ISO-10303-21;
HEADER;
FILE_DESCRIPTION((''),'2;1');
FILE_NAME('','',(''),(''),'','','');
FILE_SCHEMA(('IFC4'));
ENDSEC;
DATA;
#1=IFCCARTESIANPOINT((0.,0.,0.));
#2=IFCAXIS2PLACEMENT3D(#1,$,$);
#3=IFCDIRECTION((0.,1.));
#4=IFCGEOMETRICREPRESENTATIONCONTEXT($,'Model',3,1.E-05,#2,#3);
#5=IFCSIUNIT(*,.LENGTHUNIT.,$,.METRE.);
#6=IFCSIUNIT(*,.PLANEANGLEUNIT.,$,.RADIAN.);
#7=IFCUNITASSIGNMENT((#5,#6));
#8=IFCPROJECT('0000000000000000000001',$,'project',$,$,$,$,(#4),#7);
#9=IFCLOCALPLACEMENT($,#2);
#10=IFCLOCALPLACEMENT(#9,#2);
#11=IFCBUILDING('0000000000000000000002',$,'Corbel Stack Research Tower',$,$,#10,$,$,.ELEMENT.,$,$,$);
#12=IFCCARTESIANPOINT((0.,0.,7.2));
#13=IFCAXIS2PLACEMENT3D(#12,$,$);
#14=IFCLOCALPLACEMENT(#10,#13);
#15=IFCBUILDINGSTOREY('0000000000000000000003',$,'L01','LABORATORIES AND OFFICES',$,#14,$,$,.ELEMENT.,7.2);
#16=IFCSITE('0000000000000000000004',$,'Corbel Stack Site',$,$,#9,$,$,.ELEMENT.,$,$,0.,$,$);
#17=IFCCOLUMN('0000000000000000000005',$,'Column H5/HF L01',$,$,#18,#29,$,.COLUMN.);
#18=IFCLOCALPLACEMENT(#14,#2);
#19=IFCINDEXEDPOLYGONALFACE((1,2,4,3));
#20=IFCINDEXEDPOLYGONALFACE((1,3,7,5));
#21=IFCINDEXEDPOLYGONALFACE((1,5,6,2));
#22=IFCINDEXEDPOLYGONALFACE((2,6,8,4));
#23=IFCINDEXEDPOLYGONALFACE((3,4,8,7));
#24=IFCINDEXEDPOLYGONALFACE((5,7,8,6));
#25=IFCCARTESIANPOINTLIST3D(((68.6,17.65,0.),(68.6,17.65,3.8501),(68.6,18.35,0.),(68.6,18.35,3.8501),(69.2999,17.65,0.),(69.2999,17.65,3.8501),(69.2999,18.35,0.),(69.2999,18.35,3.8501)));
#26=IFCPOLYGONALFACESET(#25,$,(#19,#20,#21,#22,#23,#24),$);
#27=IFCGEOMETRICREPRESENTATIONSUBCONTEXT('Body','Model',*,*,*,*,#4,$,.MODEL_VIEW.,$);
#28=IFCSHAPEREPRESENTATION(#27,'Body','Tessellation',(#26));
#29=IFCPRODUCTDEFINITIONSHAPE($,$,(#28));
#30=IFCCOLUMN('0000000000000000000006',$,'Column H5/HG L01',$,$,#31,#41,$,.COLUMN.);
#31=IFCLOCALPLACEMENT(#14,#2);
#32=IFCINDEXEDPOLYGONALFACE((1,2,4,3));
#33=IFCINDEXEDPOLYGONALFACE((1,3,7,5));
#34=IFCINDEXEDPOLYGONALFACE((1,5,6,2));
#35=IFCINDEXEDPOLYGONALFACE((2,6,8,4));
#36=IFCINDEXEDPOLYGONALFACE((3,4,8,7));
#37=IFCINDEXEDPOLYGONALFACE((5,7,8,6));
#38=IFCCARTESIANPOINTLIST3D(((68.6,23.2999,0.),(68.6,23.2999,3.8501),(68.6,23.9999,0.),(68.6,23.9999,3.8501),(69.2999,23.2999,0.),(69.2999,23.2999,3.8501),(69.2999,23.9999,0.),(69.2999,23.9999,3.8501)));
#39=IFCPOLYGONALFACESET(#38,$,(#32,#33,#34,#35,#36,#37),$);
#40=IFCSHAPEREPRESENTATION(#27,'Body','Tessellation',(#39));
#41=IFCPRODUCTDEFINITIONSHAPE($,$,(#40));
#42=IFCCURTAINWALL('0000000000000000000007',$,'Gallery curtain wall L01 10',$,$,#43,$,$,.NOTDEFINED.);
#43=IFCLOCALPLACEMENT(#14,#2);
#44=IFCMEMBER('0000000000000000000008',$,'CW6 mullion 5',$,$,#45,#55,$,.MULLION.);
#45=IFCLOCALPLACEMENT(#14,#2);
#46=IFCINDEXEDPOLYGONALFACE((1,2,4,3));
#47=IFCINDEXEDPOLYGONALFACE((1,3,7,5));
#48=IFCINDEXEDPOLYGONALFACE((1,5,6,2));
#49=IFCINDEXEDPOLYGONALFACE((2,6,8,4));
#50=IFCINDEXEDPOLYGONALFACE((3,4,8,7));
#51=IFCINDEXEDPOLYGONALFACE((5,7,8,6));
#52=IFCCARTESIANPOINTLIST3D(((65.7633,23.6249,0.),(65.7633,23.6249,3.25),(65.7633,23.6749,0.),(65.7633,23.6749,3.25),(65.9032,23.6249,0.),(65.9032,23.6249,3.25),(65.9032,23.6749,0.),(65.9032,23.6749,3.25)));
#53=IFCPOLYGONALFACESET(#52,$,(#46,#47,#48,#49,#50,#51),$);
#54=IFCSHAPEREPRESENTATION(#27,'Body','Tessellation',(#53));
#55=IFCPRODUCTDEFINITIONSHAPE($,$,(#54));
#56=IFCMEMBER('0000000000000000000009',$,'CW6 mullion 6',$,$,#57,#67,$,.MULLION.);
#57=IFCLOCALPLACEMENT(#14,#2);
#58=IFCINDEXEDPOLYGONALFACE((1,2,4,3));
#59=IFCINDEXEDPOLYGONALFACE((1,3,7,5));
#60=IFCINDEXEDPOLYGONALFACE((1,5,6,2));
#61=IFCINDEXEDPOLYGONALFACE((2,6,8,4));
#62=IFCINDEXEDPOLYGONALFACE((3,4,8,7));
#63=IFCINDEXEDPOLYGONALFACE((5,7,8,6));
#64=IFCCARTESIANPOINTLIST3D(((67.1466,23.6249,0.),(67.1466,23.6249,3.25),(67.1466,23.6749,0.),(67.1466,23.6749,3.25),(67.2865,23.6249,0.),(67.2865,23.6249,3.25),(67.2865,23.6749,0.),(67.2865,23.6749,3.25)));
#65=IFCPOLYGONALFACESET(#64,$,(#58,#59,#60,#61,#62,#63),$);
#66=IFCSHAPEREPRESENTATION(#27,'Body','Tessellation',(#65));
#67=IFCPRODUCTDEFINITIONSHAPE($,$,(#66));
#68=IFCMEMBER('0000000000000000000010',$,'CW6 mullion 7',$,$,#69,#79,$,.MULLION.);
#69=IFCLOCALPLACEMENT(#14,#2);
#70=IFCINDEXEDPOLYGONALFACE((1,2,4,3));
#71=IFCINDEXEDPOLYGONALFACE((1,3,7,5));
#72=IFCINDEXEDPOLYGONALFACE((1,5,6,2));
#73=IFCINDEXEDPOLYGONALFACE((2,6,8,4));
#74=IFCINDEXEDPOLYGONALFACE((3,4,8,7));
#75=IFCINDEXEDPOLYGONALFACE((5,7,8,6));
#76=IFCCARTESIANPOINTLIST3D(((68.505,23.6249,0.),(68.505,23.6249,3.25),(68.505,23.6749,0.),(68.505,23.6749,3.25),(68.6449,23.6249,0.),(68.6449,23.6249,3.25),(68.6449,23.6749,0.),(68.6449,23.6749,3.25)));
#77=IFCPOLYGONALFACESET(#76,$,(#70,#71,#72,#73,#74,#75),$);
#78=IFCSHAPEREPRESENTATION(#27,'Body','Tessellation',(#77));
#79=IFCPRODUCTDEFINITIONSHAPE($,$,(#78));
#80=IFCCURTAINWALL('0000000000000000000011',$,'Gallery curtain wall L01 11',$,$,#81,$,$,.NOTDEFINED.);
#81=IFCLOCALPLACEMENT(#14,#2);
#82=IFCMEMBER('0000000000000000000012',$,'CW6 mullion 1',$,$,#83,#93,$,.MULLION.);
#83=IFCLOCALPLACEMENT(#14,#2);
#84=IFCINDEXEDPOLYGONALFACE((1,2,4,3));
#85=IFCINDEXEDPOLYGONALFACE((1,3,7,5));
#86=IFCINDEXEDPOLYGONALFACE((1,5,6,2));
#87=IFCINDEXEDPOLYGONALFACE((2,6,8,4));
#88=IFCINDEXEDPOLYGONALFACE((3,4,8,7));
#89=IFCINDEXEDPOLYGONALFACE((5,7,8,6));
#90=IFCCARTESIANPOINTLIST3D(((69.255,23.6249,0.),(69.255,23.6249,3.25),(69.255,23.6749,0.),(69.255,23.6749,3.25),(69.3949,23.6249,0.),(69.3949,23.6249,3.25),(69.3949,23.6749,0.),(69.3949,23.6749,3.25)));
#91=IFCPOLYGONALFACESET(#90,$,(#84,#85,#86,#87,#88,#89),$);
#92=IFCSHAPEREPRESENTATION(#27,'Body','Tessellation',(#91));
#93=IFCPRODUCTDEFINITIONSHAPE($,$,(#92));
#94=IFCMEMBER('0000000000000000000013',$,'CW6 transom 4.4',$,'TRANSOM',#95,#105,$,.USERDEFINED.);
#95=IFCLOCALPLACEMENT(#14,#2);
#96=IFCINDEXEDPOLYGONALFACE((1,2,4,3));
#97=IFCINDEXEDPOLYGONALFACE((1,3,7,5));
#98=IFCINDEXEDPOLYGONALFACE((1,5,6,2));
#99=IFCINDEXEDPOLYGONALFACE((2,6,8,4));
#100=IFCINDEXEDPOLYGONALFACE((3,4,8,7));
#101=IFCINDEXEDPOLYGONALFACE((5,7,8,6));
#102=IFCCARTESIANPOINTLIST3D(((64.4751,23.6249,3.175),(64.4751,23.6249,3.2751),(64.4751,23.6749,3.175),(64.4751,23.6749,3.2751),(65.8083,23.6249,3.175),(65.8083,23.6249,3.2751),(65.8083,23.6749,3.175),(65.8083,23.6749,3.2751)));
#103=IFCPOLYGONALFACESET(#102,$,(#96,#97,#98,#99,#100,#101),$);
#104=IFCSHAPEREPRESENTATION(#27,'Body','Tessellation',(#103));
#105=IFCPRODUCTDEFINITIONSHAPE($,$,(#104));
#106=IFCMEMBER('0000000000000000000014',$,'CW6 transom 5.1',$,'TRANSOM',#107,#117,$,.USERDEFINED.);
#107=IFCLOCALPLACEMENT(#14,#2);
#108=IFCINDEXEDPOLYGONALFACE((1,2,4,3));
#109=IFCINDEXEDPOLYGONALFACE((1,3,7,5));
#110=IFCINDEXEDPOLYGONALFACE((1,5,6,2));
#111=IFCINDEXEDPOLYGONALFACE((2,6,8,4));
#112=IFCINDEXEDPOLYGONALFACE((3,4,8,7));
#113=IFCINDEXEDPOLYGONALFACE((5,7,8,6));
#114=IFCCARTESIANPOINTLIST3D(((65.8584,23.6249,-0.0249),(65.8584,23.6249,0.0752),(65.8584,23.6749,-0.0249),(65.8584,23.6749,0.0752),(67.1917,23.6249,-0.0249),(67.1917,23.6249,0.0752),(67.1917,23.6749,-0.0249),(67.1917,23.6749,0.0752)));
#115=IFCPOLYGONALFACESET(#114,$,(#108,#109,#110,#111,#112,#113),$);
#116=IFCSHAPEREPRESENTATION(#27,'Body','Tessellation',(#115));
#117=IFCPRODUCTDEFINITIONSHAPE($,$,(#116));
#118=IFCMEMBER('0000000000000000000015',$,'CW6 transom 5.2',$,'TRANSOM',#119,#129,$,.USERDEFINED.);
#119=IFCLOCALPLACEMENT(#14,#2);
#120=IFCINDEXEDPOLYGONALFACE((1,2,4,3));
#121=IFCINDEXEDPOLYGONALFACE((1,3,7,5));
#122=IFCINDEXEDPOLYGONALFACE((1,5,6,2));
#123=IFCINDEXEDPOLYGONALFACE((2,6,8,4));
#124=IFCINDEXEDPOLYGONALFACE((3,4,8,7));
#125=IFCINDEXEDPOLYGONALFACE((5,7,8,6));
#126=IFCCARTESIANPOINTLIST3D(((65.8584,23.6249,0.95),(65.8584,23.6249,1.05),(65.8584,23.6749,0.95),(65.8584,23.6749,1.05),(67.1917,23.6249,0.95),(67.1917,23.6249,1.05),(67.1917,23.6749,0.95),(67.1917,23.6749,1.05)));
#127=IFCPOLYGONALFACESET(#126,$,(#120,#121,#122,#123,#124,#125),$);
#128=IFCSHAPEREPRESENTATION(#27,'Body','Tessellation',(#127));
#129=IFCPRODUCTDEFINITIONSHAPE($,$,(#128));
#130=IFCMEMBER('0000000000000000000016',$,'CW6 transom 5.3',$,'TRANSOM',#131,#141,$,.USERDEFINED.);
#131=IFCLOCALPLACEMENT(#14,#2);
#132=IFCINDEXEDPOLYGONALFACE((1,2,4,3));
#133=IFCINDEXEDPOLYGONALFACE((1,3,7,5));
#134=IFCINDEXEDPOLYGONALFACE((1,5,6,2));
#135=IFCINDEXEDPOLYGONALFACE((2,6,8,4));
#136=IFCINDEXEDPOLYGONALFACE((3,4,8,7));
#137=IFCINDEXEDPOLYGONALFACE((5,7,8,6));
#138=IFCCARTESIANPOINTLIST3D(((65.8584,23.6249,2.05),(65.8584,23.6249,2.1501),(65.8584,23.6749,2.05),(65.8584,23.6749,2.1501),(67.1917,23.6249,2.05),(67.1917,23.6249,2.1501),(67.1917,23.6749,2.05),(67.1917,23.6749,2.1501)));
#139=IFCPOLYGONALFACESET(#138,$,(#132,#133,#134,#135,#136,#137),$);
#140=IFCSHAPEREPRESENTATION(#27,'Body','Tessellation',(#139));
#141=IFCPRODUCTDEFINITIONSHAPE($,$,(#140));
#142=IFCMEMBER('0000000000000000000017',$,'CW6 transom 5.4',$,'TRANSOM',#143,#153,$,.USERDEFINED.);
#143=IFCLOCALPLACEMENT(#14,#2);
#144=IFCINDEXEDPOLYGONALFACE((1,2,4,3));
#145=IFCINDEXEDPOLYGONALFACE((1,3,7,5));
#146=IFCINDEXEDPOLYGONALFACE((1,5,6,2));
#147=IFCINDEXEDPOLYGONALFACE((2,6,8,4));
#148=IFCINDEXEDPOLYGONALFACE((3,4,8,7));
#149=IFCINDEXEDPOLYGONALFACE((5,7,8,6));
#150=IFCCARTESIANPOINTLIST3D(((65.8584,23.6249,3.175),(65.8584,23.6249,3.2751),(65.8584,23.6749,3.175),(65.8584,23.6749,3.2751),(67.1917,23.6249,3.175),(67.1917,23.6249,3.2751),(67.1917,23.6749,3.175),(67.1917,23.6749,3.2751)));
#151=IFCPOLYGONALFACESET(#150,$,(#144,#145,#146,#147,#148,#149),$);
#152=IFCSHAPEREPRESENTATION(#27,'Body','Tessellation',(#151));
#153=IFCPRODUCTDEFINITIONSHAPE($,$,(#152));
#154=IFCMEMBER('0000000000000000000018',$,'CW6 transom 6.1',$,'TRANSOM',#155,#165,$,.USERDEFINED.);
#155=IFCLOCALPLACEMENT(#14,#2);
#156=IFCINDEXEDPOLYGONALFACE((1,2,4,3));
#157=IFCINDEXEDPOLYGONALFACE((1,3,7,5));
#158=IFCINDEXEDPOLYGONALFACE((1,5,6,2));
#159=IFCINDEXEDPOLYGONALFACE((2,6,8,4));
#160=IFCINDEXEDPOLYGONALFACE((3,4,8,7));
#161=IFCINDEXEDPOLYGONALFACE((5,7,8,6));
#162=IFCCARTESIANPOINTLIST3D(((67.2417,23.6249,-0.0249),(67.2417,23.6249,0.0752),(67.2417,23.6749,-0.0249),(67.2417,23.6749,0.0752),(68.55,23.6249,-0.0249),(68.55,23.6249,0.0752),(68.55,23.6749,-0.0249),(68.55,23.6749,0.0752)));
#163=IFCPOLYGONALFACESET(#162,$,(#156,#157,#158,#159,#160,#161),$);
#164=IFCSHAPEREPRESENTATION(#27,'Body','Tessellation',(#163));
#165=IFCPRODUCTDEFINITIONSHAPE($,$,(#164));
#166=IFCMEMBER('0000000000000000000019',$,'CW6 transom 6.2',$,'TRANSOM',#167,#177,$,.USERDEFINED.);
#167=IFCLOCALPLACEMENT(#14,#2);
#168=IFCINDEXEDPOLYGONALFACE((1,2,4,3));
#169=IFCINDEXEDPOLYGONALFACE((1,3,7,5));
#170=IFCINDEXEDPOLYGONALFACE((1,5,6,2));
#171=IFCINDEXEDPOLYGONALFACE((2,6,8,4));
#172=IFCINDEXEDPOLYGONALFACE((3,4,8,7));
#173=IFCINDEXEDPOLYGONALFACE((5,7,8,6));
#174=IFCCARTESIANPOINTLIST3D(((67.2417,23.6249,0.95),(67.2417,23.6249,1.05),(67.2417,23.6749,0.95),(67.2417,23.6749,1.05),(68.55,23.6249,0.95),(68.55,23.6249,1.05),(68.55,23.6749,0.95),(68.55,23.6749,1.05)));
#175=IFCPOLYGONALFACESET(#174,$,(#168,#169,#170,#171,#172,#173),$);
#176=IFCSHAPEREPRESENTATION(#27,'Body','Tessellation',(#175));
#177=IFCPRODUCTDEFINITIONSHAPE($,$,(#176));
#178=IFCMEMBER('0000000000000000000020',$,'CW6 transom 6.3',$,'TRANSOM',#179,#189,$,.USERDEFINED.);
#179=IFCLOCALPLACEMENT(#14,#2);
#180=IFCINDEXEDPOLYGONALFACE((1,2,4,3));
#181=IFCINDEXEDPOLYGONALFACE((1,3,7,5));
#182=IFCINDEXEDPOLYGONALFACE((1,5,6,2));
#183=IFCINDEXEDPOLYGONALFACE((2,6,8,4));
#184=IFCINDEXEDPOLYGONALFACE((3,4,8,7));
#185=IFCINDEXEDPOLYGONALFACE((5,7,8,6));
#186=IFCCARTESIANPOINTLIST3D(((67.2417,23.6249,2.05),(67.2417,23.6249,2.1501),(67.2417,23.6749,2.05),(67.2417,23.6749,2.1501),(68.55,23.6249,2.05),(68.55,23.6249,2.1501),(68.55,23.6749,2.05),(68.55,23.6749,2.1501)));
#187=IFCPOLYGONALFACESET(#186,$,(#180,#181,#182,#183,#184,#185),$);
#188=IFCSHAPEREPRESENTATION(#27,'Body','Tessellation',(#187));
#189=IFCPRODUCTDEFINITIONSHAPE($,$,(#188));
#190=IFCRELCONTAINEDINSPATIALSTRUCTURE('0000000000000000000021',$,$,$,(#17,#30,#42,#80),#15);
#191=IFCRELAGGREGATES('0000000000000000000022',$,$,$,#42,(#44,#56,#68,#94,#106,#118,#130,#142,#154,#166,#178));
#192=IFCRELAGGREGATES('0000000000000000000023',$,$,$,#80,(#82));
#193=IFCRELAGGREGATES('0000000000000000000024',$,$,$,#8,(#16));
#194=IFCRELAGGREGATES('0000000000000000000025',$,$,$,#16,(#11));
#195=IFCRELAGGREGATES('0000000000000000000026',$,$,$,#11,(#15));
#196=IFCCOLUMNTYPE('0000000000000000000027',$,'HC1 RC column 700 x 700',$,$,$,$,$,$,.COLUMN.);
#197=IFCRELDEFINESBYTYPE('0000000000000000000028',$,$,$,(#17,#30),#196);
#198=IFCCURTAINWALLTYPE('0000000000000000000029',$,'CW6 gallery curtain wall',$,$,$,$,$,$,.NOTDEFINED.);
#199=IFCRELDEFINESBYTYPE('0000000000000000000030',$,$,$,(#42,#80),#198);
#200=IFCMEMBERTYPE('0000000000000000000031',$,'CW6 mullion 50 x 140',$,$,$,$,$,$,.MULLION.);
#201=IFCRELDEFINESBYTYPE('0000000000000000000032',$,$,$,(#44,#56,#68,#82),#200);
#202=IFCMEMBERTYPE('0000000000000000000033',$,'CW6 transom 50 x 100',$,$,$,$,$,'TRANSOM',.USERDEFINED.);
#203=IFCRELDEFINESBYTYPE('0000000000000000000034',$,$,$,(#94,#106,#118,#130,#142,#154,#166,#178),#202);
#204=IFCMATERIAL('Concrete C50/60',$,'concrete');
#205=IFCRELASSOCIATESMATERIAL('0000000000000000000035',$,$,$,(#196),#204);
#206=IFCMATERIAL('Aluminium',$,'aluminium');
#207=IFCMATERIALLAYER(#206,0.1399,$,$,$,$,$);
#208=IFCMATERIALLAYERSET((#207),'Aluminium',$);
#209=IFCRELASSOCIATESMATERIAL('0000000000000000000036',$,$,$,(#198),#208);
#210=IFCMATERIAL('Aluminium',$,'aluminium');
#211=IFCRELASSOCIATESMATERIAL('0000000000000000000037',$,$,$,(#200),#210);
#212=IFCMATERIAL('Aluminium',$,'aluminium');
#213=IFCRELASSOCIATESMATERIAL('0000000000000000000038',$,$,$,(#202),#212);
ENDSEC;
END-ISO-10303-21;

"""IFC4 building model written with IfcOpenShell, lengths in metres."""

from ifc_helpers import new_model, si_unit, direction, frame, origin, origin_2d, place, context, subcontext, project, spatial, rectangle, extrude, material, layer, layer_set, material_profile, profile_set, type_object, element, aggregate, save


model = new_model("IFC4")

# Units and contexts
model_context = context("Model", 3, precision=1e-05, world=origin(), true_north=direction((0.0, 1.0)))
body_context = subcontext(model_context, "Body", "Model", "MODEL_VIEW")
ifc_project = project(units=[si_unit("LENGTHUNIT", "METRE"), si_unit("PLANEANGLEUNIT", "RADIAN")], contexts=[model_context])

# Site, building, storey
site_placement = place(None, origin())
site = spatial("IfcSite", under=ifc_project, at=site_placement, Name="Corbel Stack Site", CompositionType="ELEMENT", RefElevation=0.0)
building_placement = place(site_placement, origin())
building = spatial("IfcBuilding", under=site, at=building_placement, Name="Corbel Stack Research Tower", CompositionType="ELEMENT")
storey_placement = place(building_placement, frame((0.0, 0.0, 7.2)))
storey = spatial("IfcBuildingStorey", under=building, at=storey_placement, Name="L01", Description="LABORATORIES AND OFFICES", CompositionType="ELEMENT", Elevation=7.2)

# Columns
ifc_material_1 = material(Name="Concrete C50/60", Category="concrete")
ifc_material_profile_1 = material_profile(ifc_material_1, rectangle(XDim=0.7, YDim=0.7, at=origin_2d()), Name="RC 700 x 700")
ifc_profile_set_1 = profile_set([ifc_material_profile_1], Name="Concrete C50/60")
column_type = type_object("IfcColumnType", Name="HC1 RC column 700 x 700", PredefinedType="COLUMN", material=ifc_profile_set_1)
for number, where, z_axis, x_axis, name in (
    (1, (68.95, 18.0, 0.0), (0.0, 0.0, 1.0), (1.0, 0.0, 0.0), "Column H5/HF L01"),
    (2, (68.95, 23.6499, 0.0), (0.0, 0.0, 1.0), (1.0, 0.0, 0.0), "Column H5/HG L01"),
):
    element("IfcColumn", number, at=place(storey_placement, frame(where, z_axis=z_axis, x_axis=x_axis)), inside=storey, type_object=column_type, Name=name, PredefinedType="COLUMN", context=body_context, shape_type="SweptSolid", body=[
        extrude(rectangle(XDim=0.7, YDim=0.7, at=origin_2d()), origin(), (0.0, 0.0, 1.0), 3.8501),
    ])

# Curtain wall, members
ifc_material_2 = material(Name="Aluminium", Category="aluminium")
ifc_layer_1 = layer(ifc_material_2, 0.1399)
ifc_layer_set_1 = layer_set([ifc_layer_1], Name="Aluminium")
curtain_wall_type = type_object("IfcCurtainWallType", Name="CW6 gallery curtain wall", PredefinedType="NOTDEFINED", material=ifc_layer_set_1)
curtain_wall_1_placement = place(storey_placement, origin())
curtain_wall_1 = element("IfcCurtainWall", 3, at=curtain_wall_1_placement, inside=storey, type_object=curtain_wall_type, Name="Gallery curtain wall L01 10", PredefinedType="NOTDEFINED")
ifc_material_3 = material(Name="Aluminium", Category="aluminium")
ifc_material_profile_2 = material_profile(ifc_material_3, rectangle(XDim=0.05, YDim=0.1399, at=origin_2d()), Name="Mullion 50 x 140")
ifc_profile_set_2 = profile_set([ifc_material_profile_2], Name="Aluminium")
member_type_1 = type_object("IfcMemberType", Name="CW6 mullion 50 x 140", PredefinedType="MULLION", material=ifc_profile_set_2)
member_1_placement = place(storey_placement, frame((65.8333, 23.6499, 0.0), z_axis=(0.0, 0.0, 1.0), x_axis=(0.0, 1.0, 0.0)))
member_1 = element("IfcMember", 4, at=member_1_placement, type_object=member_type_1, Name="CW6 mullion 5", PredefinedType="MULLION", context=body_context, shape_type="SweptSolid", body=[
    extrude(rectangle(XDim=0.05, YDim=0.1399, at=origin_2d()), origin(), (0.0, 0.0, 1.0), 3.25),
])
member_2_placement = place(storey_placement, frame((67.2166, 23.6499, 0.0), z_axis=(0.0, 0.0, 1.0), x_axis=(0.0, 1.0, 0.0)))
member_2 = element("IfcMember", 5, at=member_2_placement, type_object=member_type_1, Name="CW6 mullion 6", PredefinedType="MULLION", context=body_context, shape_type="SweptSolid", body=[
    extrude(rectangle(XDim=0.05, YDim=0.1399, at=origin_2d()), origin(), (0.0, 0.0, 1.0), 3.25),
])
member_3_placement = place(storey_placement, frame((68.575, 23.6499, 0.0), z_axis=(0.0, 0.0, 1.0), x_axis=(0.0, 1.0, 0.0)))
member_3 = element("IfcMember", 6, at=member_3_placement, type_object=member_type_1, Name="CW6 mullion 7", PredefinedType="MULLION", context=body_context, shape_type="SweptSolid", body=[
    extrude(rectangle(XDim=0.05, YDim=0.1399, at=origin_2d()), origin(), (0.0, 0.0, 1.0), 3.25),
])

# Curtain wall, member
curtain_wall_2_placement = place(storey_placement, origin())
curtain_wall_2 = element("IfcCurtainWall", 7, at=curtain_wall_2_placement, inside=storey, type_object=curtain_wall_type, Name="Gallery curtain wall L01 11", PredefinedType="NOTDEFINED")
member_4_placement = place(storey_placement, frame((69.325, 23.6499, 0.0), z_axis=(0.0, 0.0, 1.0), x_axis=(0.0, 1.0, 0.0)))
member_4 = element("IfcMember", 8, at=member_4_placement, type_object=member_type_1, Name="CW6 mullion 1", PredefinedType="MULLION", context=body_context, shape_type="SweptSolid", body=[
    extrude(rectangle(XDim=0.05, YDim=0.1399, at=origin_2d()), origin(), (0.0, 0.0, 1.0), 3.25),
])

# Members
ifc_material_4 = material(Name="Aluminium", Category="aluminium")
ifc_material_profile_3 = material_profile(ifc_material_4, rectangle(XDim=0.05, YDim=0.1001, at=origin_2d()), Name="Transom 50 x 100")
ifc_profile_set_3 = profile_set([ifc_material_profile_3], Name="Aluminium")
member_type_2 = type_object("IfcMemberType", Name="CW6 transom 50 x 100", ElementType="TRANSOM", PredefinedType="USERDEFINED", material=ifc_profile_set_3)
member_5_placement = place(storey_placement, frame((64.4751, 23.6499, 3.2251), z_axis=(1.0, 0.0, 0.0), x_axis=(0.0, 1.0, 0.0)))
member_5 = element("IfcMember", 9, at=member_5_placement, type_object=member_type_2, Name="CW6 transom 4.4", ObjectType="TRANSOM", PredefinedType="USERDEFINED", context=body_context, shape_type="SweptSolid", body=[
    extrude(rectangle(XDim=0.05, YDim=0.1001, at=origin_2d()), origin(), (0.0, 0.0, 1.0), 1.3333),
])
member_6_placement = place(storey_placement, frame((65.8584, 23.6499, 0.0251), z_axis=(1.0, 0.0, 0.0), x_axis=(0.0, 1.0, 0.0)))
member_6 = element("IfcMember", 10, at=member_6_placement, type_object=member_type_2, Name="CW6 transom 5.1", ObjectType="TRANSOM", PredefinedType="USERDEFINED", context=body_context, shape_type="SweptSolid", body=[
    extrude(rectangle(XDim=0.05, YDim=0.1001, at=origin_2d()), origin(), (0.0, 0.0, 1.0), 1.3333),
])
member_7_placement = place(storey_placement, frame((65.8584, 23.6499, 1.0), z_axis=(1.0, 0.0, 0.0), x_axis=(0.0, 1.0, 0.0)))
member_7 = element("IfcMember", 11, at=member_7_placement, type_object=member_type_2, Name="CW6 transom 5.2", ObjectType="TRANSOM", PredefinedType="USERDEFINED", context=body_context, shape_type="SweptSolid", body=[
    extrude(rectangle(XDim=0.05, YDim=0.1001, at=origin_2d()), origin(), (0.0, 0.0, 1.0), 1.3333),
])
member_8_placement = place(storey_placement, frame((65.8584, 23.6499, 2.1001), z_axis=(1.0, 0.0, 0.0), x_axis=(0.0, 1.0, 0.0)))
member_8 = element("IfcMember", 12, at=member_8_placement, type_object=member_type_2, Name="CW6 transom 5.3", ObjectType="TRANSOM", PredefinedType="USERDEFINED", context=body_context, shape_type="SweptSolid", body=[
    extrude(rectangle(XDim=0.05, YDim=0.1001, at=origin_2d()), origin(), (0.0, 0.0, 1.0), 1.3333),
])
member_9_placement = place(storey_placement, frame((65.8584, 23.6499, 3.2251), z_axis=(1.0, 0.0, 0.0), x_axis=(0.0, 1.0, 0.0)))
member_9 = element("IfcMember", 13, at=member_9_placement, type_object=member_type_2, Name="CW6 transom 5.4", ObjectType="TRANSOM", PredefinedType="USERDEFINED", context=body_context, shape_type="SweptSolid", body=[
    extrude(rectangle(XDim=0.05, YDim=0.1001, at=origin_2d()), origin(), (0.0, 0.0, 1.0), 1.3333),
])
member_10_placement = place(storey_placement, frame((67.2417, 23.6499, 0.0251), z_axis=(1.0, 0.0, 0.0), x_axis=(0.0, 1.0, 0.0)))
member_10 = element("IfcMember", 14, at=member_10_placement, type_object=member_type_2, Name="CW6 transom 6.1", ObjectType="TRANSOM", PredefinedType="USERDEFINED", context=body_context, shape_type="SweptSolid", body=[
    extrude(rectangle(XDim=0.05, YDim=0.1001, at=origin_2d()), origin(), (0.0, 0.0, 1.0), 1.3083),
])
member_11_placement = place(storey_placement, frame((67.2417, 23.6499, 1.0), z_axis=(1.0, 0.0, 0.0), x_axis=(0.0, 1.0, 0.0)))
member_11 = element("IfcMember", 15, at=member_11_placement, type_object=member_type_2, Name="CW6 transom 6.2", ObjectType="TRANSOM", PredefinedType="USERDEFINED", context=body_context, shape_type="SweptSolid", body=[
    extrude(rectangle(XDim=0.05, YDim=0.1001, at=origin_2d()), origin(), (0.0, 0.0, 1.0), 1.3083),
])
member_12_placement = place(storey_placement, frame((67.2417, 23.6499, 2.1001), z_axis=(1.0, 0.0, 0.0), x_axis=(0.0, 1.0, 0.0)))
member_12 = element("IfcMember", 16, at=member_12_placement, type_object=member_type_2, Name="CW6 transom 6.3", ObjectType="TRANSOM", PredefinedType="USERDEFINED", context=body_context, shape_type="SweptSolid", body=[
    extrude(rectangle(XDim=0.05, YDim=0.1001, at=origin_2d()), origin(), (0.0, 0.0, 1.0), 1.3083),
])

aggregate(curtain_wall_1, [member_1, member_2, member_3, member_5, member_6, member_7, member_8, member_9, member_10, member_11, member_12])
aggregate(curtain_wall_2, [member_4])

save(model, "model.ifc")
